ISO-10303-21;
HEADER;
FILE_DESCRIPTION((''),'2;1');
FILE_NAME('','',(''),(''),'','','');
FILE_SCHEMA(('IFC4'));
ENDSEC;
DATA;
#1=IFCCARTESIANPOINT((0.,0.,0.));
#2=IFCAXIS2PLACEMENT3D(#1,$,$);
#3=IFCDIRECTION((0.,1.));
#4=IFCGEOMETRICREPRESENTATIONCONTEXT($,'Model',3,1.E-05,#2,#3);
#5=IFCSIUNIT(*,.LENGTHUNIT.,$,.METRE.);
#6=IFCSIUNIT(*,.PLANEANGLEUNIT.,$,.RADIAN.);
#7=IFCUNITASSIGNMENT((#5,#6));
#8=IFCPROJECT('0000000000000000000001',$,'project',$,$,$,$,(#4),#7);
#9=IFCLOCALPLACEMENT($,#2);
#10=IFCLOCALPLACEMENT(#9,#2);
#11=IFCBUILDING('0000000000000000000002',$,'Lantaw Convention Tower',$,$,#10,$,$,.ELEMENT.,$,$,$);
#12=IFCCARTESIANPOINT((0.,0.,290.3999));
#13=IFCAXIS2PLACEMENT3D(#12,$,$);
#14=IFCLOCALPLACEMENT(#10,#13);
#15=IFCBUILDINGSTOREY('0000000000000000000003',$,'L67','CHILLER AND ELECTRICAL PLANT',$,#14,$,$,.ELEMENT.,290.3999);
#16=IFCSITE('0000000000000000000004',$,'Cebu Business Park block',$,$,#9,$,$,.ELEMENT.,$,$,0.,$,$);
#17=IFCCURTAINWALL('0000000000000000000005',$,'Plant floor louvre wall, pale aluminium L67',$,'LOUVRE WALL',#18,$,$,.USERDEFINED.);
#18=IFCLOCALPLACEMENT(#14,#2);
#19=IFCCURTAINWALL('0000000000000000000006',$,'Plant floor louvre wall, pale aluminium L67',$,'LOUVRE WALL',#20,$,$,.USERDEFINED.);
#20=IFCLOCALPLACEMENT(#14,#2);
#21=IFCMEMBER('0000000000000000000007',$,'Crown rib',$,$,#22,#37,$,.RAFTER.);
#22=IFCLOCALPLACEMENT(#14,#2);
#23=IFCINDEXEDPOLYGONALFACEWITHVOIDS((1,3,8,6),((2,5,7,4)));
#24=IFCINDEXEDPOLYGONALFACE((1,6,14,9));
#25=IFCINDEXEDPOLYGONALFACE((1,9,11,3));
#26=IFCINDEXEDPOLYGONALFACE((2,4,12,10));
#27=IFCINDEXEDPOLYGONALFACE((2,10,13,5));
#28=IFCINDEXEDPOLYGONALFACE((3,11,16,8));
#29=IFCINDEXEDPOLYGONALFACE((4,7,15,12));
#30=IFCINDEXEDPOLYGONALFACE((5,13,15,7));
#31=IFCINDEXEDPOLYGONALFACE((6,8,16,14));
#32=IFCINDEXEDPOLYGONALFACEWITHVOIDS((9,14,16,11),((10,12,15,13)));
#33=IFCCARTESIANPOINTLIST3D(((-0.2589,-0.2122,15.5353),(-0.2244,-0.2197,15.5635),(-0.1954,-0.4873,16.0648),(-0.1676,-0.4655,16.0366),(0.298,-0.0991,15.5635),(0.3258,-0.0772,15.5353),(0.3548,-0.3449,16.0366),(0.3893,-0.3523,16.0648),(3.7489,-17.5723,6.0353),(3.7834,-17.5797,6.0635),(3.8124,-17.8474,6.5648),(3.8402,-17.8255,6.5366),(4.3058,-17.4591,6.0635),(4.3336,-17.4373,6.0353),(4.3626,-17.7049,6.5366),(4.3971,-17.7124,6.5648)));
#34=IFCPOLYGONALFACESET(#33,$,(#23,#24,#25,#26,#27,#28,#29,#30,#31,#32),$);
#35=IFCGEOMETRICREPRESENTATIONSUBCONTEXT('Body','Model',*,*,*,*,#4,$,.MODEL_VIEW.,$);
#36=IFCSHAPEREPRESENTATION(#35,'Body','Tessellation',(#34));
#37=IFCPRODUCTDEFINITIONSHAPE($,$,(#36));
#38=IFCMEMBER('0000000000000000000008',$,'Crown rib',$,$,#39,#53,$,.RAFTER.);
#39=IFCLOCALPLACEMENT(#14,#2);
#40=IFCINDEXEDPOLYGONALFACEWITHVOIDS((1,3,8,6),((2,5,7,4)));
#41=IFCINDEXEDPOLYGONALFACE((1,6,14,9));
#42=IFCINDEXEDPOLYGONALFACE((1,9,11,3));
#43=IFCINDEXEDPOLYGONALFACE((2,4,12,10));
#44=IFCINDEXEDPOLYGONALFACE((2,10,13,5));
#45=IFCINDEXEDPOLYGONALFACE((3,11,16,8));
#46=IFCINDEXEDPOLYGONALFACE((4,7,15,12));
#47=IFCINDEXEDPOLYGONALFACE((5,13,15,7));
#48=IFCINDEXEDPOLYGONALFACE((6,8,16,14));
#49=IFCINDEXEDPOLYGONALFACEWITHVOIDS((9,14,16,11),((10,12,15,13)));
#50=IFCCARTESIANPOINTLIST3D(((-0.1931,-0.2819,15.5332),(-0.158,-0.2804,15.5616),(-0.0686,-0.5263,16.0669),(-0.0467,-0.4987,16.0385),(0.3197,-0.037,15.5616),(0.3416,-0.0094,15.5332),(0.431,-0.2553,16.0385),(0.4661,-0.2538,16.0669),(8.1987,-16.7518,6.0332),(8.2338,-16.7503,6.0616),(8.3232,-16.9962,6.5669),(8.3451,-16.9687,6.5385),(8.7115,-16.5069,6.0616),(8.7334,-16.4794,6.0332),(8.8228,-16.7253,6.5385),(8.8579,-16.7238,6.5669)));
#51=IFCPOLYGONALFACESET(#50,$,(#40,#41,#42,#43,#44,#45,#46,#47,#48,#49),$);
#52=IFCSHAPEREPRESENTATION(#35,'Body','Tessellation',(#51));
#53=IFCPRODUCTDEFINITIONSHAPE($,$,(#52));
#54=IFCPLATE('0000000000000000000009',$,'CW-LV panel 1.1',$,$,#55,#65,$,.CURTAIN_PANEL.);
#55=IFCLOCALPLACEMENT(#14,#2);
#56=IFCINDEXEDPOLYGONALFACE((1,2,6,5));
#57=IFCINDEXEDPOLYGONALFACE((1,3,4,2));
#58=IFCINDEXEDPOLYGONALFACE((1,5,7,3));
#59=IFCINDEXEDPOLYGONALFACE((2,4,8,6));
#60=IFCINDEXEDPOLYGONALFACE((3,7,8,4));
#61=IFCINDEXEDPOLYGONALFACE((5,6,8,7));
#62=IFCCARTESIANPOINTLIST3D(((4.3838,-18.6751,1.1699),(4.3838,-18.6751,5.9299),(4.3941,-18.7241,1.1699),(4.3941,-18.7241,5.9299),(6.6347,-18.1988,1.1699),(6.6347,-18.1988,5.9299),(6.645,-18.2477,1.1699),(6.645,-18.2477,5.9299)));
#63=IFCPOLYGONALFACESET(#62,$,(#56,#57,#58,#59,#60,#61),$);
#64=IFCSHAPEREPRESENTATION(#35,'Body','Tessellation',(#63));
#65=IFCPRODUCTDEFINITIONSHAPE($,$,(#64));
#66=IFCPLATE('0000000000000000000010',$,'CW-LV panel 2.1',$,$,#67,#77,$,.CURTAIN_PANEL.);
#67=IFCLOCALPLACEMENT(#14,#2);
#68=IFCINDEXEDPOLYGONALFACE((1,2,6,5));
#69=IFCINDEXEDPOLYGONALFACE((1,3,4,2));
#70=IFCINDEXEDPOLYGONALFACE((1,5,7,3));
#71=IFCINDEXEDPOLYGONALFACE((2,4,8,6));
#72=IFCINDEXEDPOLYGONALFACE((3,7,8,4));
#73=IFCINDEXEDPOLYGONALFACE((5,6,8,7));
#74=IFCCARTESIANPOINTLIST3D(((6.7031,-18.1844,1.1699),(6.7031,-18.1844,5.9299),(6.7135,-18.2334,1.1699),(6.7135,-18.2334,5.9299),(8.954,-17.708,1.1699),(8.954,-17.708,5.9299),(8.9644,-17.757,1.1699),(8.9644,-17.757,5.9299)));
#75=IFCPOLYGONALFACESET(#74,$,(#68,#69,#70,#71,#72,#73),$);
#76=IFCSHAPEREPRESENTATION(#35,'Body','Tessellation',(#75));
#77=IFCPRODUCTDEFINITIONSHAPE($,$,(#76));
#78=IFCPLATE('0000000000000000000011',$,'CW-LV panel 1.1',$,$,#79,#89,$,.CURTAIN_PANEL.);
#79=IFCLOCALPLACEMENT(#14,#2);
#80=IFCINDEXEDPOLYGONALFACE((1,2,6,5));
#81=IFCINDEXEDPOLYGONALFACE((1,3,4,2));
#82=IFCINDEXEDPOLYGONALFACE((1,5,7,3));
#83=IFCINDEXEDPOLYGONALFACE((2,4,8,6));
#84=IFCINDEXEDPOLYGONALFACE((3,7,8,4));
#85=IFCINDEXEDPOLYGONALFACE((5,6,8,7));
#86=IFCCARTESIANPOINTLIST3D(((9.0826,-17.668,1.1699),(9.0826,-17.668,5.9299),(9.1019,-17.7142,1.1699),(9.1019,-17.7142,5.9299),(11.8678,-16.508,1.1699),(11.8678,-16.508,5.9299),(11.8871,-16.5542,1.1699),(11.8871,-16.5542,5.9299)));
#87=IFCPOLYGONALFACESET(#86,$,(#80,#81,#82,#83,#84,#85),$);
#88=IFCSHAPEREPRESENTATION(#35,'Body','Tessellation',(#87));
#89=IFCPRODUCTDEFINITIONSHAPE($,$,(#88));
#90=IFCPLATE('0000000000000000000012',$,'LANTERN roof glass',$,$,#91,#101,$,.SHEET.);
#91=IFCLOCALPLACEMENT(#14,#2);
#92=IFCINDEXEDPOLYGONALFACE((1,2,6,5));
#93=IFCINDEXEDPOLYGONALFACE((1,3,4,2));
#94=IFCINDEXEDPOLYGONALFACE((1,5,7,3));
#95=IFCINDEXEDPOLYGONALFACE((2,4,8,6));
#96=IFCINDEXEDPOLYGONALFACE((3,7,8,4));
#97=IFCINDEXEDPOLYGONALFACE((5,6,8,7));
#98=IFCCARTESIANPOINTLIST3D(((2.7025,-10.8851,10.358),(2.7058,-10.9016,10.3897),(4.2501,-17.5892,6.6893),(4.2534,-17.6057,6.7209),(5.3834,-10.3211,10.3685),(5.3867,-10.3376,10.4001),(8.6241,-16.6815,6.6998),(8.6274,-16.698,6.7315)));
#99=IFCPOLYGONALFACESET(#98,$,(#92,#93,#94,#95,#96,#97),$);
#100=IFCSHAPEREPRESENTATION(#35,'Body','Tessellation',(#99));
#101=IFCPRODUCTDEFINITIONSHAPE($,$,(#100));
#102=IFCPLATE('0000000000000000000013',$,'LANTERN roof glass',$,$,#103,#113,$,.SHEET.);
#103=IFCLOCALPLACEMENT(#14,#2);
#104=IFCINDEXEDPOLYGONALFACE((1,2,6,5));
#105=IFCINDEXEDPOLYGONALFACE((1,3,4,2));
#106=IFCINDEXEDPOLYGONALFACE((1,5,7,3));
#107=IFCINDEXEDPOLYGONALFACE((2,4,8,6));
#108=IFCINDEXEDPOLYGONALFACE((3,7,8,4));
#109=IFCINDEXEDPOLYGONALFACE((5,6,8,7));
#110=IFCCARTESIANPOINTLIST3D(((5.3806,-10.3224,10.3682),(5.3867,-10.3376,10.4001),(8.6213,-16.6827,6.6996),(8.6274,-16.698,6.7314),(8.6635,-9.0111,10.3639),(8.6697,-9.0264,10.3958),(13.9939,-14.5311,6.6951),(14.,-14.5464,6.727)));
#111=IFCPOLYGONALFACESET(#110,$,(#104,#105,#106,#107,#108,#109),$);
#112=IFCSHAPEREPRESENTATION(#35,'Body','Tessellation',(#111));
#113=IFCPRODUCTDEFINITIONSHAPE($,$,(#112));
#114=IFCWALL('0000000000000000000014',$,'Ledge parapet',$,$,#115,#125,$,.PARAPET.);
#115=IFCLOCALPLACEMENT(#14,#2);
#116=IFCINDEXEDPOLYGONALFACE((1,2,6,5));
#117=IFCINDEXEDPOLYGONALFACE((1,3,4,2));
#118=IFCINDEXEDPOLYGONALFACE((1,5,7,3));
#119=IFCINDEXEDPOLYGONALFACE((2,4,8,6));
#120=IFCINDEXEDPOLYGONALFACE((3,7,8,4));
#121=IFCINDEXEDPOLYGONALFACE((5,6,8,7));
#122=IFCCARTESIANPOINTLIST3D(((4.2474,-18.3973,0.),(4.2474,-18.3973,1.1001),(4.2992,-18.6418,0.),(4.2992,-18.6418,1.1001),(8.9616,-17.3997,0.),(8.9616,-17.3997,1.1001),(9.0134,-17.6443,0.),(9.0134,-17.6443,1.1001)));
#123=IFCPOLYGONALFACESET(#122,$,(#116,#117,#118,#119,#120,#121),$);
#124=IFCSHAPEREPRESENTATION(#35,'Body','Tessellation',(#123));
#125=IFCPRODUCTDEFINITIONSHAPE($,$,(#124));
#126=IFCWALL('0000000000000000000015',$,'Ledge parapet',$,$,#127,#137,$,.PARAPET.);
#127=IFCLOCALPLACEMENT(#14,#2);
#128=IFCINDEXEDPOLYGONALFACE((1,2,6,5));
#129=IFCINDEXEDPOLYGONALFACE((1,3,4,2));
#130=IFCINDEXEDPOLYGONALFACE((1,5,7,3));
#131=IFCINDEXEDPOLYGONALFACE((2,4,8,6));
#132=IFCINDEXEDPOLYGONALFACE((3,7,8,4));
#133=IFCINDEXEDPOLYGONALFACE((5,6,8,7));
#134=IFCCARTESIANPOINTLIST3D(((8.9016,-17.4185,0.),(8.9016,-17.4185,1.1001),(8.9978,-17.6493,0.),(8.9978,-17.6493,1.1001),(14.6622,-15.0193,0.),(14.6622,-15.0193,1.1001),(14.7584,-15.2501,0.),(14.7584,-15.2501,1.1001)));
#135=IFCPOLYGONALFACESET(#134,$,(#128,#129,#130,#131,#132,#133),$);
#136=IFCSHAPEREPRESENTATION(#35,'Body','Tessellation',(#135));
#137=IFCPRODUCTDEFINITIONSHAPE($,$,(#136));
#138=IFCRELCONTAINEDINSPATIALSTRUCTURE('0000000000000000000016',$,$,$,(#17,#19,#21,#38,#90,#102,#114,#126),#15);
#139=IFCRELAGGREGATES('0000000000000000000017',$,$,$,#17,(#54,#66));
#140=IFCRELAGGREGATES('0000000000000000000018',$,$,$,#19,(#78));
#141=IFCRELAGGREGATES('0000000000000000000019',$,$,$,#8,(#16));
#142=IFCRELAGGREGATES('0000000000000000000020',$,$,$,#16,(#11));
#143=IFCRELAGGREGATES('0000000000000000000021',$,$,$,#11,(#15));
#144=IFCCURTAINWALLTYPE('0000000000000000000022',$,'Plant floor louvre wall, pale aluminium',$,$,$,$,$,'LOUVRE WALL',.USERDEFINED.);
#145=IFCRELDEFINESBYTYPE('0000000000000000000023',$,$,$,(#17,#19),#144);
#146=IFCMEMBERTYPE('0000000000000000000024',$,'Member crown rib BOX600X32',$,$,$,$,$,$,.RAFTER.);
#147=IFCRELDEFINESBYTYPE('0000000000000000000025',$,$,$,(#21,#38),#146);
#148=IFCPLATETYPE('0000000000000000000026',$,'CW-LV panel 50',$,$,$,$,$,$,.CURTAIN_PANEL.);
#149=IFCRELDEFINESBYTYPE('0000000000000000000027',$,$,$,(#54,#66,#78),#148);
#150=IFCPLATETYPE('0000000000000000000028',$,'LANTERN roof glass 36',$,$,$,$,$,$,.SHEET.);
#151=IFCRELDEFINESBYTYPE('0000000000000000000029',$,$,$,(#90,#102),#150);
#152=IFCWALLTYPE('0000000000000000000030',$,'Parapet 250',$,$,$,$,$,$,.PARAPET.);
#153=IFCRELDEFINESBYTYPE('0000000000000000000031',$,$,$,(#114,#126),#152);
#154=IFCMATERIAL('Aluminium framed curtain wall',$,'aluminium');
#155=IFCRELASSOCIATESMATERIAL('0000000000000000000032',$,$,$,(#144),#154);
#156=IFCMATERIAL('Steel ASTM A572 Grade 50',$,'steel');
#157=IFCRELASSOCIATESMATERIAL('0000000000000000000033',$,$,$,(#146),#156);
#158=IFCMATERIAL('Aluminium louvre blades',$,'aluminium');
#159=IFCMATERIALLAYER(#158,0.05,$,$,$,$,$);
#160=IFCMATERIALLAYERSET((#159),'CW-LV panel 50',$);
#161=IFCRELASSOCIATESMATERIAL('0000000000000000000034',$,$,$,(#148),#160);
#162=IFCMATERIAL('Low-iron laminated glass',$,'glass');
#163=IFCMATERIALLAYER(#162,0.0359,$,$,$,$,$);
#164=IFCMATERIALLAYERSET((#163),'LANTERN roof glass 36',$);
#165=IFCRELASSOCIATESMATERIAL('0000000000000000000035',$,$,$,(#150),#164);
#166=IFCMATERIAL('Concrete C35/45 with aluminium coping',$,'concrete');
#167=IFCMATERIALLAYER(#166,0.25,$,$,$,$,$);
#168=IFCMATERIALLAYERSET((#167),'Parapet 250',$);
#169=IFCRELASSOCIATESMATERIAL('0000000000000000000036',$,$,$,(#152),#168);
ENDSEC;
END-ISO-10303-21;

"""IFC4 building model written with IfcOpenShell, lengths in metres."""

from ifc_helpers import new_model, si_unit, direction, frame, frame_2d, origin, origin_2d, place, context, subcontext, project, spatial, polyline, rectangle, hollow_rectangle, outline, extrude, material, layer, layer_set, material_profile, profile_set, type_object, element, aggregate, save


model = new_model("IFC4")

# Units and contexts
model_context = context("Model", 3, precision=1e-05, world=origin(), true_north=direction((0.0, 1.0)))
body_context = subcontext(model_context, "Body", "Model", "MODEL_VIEW")
ifc_project = project(units=[si_unit("LENGTHUNIT", "METRE"), si_unit("PLANEANGLEUNIT", "RADIAN")], contexts=[model_context])

# Site, building, storey
site_placement = place(None, origin())
site = spatial("IfcSite", under=ifc_project, at=site_placement, Name="Cebu Business Park block", CompositionType="ELEMENT", RefElevation=0.0)
building_placement = place(site_placement, origin())
building = spatial("IfcBuilding", under=site, at=building_placement, Name="Lantaw Convention Tower", CompositionType="ELEMENT")
storey_placement = place(building_placement, frame((0.0, 0.0, 290.3999)))
storey = spatial("IfcBuildingStorey", under=building, at=storey_placement, Name="L67", Description="CHILLER AND ELECTRICAL PLANT", CompositionType="ELEMENT", Elevation=290.3999)

# Shared definitions
ifc_material_1 = material(Name="Steel ASTM A572 Grade 50", Category="steel")

# Shared definitions
ifc_material_2 = material(Name="Aluminium framed curtain wall", Category="aluminium")
curtain_wall_type = type_object("IfcCurtainWallType", Name="Plant floor louvre wall, pale aluminium", ElementType="LOUVRE WALL", PredefinedType="USERDEFINED", material=ifc_material_2)

# Curtain wall
curtain_wall_1_placement = place(storey_placement, origin())
curtain_wall_1 = element("IfcCurtainWall", 1, at=curtain_wall_1_placement, inside=storey, type_object=curtain_wall_type, Name="Plant floor louvre wall, pale aluminium L67", ObjectType="LOUVRE WALL", PredefinedType="USERDEFINED")

# Curtain wall
curtain_wall_2_placement = place(storey_placement, origin())
curtain_wall_2 = element("IfcCurtainWall", 2, at=curtain_wall_2_placement, inside=storey, type_object=curtain_wall_type, Name="Plant floor louvre wall, pale aluminium L67", ObjectType="LOUVRE WALL", PredefinedType="USERDEFINED")

# Members
ifc_material_profile_1 = material_profile(ifc_material_1, hollow_rectangle(XDim=0.6001, YDim=0.6001, WallThickness=0.032, at=origin_2d()), Name="BOX600X32")
ifc_profile_set_1 = profile_set([ifc_material_profile_1], Name="Steel ASTM A572 Grade 50")
member_type_1 = type_object("IfcMemberType", Name="Member crown rib BOX600X32", PredefinedType="RAFTER", material=ifc_profile_set_1)
member_1_placement = place(storey_placement, frame((4.073, -17.6423, 6.3), z_axis=(-0.198493, 0.859784, 0.470501), x_axis=(-0.974371, -0.224947, 0.0)))
element("IfcMember", 3, at=member_1_placement, inside=storey, type_object=member_type_1, Name="Crown rib", PredefinedType="RAFTER", context=body_context, shape_type="SweptSolid", body=[
    extrude(hollow_rectangle(XDim=0.6001, YDim=0.6001, WallThickness=0.032, at=origin_2d()), origin(), (0.0, 0.0, 1.0), 20.1912),
])
member_2_placement = place(storey_placement, frame((8.5283, -16.7378, 6.3), z_axis=(-0.403784, 0.792473, 0.457104), x_axis=(-0.891007, -0.453989, 0.0)))
element("IfcMember", 4, at=member_2_placement, inside=storey, type_object=member_type_1, Name="Crown rib", PredefinedType="RAFTER", context=body_context, shape_type="SweptSolid", body=[
    extrude(hollow_rectangle(XDim=0.6001, YDim=0.6001, WallThickness=0.032, at=origin_2d()), origin(), (0.0, 0.0, 1.0), 20.783),
])

# Plates
ifc_material_3 = material(Name="Aluminium louvre blades", Category="aluminium")
ifc_layer_1 = layer(ifc_material_3, 0.05)
ifc_layer_set_1 = layer_set([ifc_layer_1], Name="CW-LV panel 50")
plate_type_1 = type_object("IfcPlateType", Name="CW-LV panel 50", PredefinedType="CURTAIN_PANEL", material=ifc_layer_set_1)
plate_1_placement = place(storey_placement, frame((5.5144, -18.4614, 1.1699), z_axis=(0.0, 0.0, 1.0), x_axis=(0.978332, 0.20704, 0.0)))
plate_1 = element("IfcPlate", 5, at=plate_1_placement, type_object=plate_type_1, Name="CW-LV panel 1.1", PredefinedType="CURTAIN_PANEL", context=body_context, shape_type="SweptSolid", body=[
    extrude(rectangle(XDim=2.3008, YDim=0.05, at=origin_2d()), origin(), (0.0, 0.0, 1.0), 4.76),
])
plate_2_placement = place(storey_placement, frame((7.8337, -17.9707, 1.1699), z_axis=(0.0, 0.0, 1.0), x_axis=(0.978332, 0.20704, 0.0)))
plate_2 = element("IfcPlate", 6, at=plate_2_placement, type_object=plate_type_1, Name="CW-LV panel 2.1", PredefinedType="CURTAIN_PANEL", context=body_context, shape_type="SweptSolid", body=[
    extrude(rectangle(XDim=2.3008, YDim=0.05, at=origin_2d()), origin(), (0.0, 0.0, 1.0), 4.76),
])
aggregate(curtain_wall_1, [plate_1, plate_2])
plate_3_placement = place(storey_placement, frame((10.4849, -17.1111, 1.1699), z_axis=(0.0, 0.0, 1.0), x_axis=(0.923142, 0.38446, 0.0)))
plate_3 = element("IfcPlate", 7, at=plate_3_placement, type_object=plate_type_1, Name="CW-LV panel 1.1", PredefinedType="CURTAIN_PANEL", context=body_context, shape_type="SweptSolid", body=[
    extrude(rectangle(XDim=3.0171, YDim=0.05, at=origin_2d()), origin(), (0.0, 0.0, 1.0), 4.76),
])
aggregate(curtain_wall_2, [plate_3])

# Plates
ifc_material_4 = material(Name="Low-iron laminated glass", Category="glass")
ifc_layer_2 = layer(ifc_material_4, 0.0359)
ifc_layer_set_2 = layer_set([ifc_layer_2], Name="LANTERN roof glass 36")
plate_type_2 = type_object("IfcPlateType", Name="LANTERN roof glass 36", PredefinedType="SHEET", material=ifc_layer_set_2)
plate_4_placement = place(storey_placement, frame((4.2534, -17.6057, 6.7209), z_axis=(0.09359, -0.461239, 0.882326), x_axis=(0.979137, 0.203189, 0.002359)))
element("IfcPlate", 8, at=plate_4_placement, inside=storey, type_object=plate_type_2, Name="LANTERN roof glass", PredefinedType="SHEET", context=body_context, shape_type="SweptSolid", body=[
    extrude(outline(polyline([(0.0, 0.0), (4.4672, 0.0), (2.5951, 7.8045), (-0.1445, 7.7961), (0.0, 0.0)])), origin(), (0.0, 0.0, -1.0), 0.0359),
])
plate_5_placement = place(storey_placement, frame((8.6274, -16.698, 6.7314), z_axis=(0.171101, -0.425413, 0.888678), x_axis=(0.928321, 0.371778, -0.000763)))
element("IfcPlate", 9, at=plate_5_placement, inside=storey, type_object=plate_type_2, Name="LANTERN roof glass", PredefinedType="SHEET", context=body_context, shape_type="SweptSolid", body=[
    extrude(outline(polyline([(0.0, 0.0), (5.7874, 0.0), (2.8886, 7.9962), (-0.6466, 7.9999), (0.0, 0.0)])), origin(), (0.0, 0.0, -1.0), 0.0359),
])

# Walls
ifc_material_5 = material(Name="Concrete C35/45 with aluminium coping", Category="concrete")
ifc_layer_3 = layer(ifc_material_5, 0.25)
ifc_layer_set_3 = layer_set([ifc_layer_3], Name="Parapet 250")
wall_type = type_object("IfcWallType", Name="Parapet 250", PredefinedType="PARAPET", material=ifc_layer_set_3)
wall_1_placement = place(storey_placement, frame((4.2734, -18.5195, 0.0), z_axis=(0.0, 0.0, 1.0), x_axis=(0.978335, 0.207027, 0.0)))
element("IfcWall", 10, at=wall_1_placement, inside=storey, type_object=wall_type, Name="Ledge parapet", PredefinedType="PARAPET", context=body_context, shape_type="SweptSolid", body=[
    extrude(rectangle(XDim=4.8186, YDim=0.25, at=frame_2d((2.4092, 0.0))), origin(), (0.0, 0.0, 1.0), 1.1001),
])
wall_2_placement = place(storey_placement, frame((8.9497, -17.5339, 0.0), z_axis=(0.0, 0.0, 1.0), x_axis=(0.923136, 0.384474, 0.0)))
element("IfcWall", 11, at=wall_2_placement, inside=storey, type_object=wall_type, Name="Ledge parapet", PredefinedType="PARAPET", context=body_context, shape_type="SweptSolid", body=[
    extrude(rectangle(XDim=6.2402, YDim=0.25, at=frame_2d((3.1201, 0.0))), origin(), (0.0, 0.0, 1.0), 1.1001),
])

save(model, "model.ifc")
